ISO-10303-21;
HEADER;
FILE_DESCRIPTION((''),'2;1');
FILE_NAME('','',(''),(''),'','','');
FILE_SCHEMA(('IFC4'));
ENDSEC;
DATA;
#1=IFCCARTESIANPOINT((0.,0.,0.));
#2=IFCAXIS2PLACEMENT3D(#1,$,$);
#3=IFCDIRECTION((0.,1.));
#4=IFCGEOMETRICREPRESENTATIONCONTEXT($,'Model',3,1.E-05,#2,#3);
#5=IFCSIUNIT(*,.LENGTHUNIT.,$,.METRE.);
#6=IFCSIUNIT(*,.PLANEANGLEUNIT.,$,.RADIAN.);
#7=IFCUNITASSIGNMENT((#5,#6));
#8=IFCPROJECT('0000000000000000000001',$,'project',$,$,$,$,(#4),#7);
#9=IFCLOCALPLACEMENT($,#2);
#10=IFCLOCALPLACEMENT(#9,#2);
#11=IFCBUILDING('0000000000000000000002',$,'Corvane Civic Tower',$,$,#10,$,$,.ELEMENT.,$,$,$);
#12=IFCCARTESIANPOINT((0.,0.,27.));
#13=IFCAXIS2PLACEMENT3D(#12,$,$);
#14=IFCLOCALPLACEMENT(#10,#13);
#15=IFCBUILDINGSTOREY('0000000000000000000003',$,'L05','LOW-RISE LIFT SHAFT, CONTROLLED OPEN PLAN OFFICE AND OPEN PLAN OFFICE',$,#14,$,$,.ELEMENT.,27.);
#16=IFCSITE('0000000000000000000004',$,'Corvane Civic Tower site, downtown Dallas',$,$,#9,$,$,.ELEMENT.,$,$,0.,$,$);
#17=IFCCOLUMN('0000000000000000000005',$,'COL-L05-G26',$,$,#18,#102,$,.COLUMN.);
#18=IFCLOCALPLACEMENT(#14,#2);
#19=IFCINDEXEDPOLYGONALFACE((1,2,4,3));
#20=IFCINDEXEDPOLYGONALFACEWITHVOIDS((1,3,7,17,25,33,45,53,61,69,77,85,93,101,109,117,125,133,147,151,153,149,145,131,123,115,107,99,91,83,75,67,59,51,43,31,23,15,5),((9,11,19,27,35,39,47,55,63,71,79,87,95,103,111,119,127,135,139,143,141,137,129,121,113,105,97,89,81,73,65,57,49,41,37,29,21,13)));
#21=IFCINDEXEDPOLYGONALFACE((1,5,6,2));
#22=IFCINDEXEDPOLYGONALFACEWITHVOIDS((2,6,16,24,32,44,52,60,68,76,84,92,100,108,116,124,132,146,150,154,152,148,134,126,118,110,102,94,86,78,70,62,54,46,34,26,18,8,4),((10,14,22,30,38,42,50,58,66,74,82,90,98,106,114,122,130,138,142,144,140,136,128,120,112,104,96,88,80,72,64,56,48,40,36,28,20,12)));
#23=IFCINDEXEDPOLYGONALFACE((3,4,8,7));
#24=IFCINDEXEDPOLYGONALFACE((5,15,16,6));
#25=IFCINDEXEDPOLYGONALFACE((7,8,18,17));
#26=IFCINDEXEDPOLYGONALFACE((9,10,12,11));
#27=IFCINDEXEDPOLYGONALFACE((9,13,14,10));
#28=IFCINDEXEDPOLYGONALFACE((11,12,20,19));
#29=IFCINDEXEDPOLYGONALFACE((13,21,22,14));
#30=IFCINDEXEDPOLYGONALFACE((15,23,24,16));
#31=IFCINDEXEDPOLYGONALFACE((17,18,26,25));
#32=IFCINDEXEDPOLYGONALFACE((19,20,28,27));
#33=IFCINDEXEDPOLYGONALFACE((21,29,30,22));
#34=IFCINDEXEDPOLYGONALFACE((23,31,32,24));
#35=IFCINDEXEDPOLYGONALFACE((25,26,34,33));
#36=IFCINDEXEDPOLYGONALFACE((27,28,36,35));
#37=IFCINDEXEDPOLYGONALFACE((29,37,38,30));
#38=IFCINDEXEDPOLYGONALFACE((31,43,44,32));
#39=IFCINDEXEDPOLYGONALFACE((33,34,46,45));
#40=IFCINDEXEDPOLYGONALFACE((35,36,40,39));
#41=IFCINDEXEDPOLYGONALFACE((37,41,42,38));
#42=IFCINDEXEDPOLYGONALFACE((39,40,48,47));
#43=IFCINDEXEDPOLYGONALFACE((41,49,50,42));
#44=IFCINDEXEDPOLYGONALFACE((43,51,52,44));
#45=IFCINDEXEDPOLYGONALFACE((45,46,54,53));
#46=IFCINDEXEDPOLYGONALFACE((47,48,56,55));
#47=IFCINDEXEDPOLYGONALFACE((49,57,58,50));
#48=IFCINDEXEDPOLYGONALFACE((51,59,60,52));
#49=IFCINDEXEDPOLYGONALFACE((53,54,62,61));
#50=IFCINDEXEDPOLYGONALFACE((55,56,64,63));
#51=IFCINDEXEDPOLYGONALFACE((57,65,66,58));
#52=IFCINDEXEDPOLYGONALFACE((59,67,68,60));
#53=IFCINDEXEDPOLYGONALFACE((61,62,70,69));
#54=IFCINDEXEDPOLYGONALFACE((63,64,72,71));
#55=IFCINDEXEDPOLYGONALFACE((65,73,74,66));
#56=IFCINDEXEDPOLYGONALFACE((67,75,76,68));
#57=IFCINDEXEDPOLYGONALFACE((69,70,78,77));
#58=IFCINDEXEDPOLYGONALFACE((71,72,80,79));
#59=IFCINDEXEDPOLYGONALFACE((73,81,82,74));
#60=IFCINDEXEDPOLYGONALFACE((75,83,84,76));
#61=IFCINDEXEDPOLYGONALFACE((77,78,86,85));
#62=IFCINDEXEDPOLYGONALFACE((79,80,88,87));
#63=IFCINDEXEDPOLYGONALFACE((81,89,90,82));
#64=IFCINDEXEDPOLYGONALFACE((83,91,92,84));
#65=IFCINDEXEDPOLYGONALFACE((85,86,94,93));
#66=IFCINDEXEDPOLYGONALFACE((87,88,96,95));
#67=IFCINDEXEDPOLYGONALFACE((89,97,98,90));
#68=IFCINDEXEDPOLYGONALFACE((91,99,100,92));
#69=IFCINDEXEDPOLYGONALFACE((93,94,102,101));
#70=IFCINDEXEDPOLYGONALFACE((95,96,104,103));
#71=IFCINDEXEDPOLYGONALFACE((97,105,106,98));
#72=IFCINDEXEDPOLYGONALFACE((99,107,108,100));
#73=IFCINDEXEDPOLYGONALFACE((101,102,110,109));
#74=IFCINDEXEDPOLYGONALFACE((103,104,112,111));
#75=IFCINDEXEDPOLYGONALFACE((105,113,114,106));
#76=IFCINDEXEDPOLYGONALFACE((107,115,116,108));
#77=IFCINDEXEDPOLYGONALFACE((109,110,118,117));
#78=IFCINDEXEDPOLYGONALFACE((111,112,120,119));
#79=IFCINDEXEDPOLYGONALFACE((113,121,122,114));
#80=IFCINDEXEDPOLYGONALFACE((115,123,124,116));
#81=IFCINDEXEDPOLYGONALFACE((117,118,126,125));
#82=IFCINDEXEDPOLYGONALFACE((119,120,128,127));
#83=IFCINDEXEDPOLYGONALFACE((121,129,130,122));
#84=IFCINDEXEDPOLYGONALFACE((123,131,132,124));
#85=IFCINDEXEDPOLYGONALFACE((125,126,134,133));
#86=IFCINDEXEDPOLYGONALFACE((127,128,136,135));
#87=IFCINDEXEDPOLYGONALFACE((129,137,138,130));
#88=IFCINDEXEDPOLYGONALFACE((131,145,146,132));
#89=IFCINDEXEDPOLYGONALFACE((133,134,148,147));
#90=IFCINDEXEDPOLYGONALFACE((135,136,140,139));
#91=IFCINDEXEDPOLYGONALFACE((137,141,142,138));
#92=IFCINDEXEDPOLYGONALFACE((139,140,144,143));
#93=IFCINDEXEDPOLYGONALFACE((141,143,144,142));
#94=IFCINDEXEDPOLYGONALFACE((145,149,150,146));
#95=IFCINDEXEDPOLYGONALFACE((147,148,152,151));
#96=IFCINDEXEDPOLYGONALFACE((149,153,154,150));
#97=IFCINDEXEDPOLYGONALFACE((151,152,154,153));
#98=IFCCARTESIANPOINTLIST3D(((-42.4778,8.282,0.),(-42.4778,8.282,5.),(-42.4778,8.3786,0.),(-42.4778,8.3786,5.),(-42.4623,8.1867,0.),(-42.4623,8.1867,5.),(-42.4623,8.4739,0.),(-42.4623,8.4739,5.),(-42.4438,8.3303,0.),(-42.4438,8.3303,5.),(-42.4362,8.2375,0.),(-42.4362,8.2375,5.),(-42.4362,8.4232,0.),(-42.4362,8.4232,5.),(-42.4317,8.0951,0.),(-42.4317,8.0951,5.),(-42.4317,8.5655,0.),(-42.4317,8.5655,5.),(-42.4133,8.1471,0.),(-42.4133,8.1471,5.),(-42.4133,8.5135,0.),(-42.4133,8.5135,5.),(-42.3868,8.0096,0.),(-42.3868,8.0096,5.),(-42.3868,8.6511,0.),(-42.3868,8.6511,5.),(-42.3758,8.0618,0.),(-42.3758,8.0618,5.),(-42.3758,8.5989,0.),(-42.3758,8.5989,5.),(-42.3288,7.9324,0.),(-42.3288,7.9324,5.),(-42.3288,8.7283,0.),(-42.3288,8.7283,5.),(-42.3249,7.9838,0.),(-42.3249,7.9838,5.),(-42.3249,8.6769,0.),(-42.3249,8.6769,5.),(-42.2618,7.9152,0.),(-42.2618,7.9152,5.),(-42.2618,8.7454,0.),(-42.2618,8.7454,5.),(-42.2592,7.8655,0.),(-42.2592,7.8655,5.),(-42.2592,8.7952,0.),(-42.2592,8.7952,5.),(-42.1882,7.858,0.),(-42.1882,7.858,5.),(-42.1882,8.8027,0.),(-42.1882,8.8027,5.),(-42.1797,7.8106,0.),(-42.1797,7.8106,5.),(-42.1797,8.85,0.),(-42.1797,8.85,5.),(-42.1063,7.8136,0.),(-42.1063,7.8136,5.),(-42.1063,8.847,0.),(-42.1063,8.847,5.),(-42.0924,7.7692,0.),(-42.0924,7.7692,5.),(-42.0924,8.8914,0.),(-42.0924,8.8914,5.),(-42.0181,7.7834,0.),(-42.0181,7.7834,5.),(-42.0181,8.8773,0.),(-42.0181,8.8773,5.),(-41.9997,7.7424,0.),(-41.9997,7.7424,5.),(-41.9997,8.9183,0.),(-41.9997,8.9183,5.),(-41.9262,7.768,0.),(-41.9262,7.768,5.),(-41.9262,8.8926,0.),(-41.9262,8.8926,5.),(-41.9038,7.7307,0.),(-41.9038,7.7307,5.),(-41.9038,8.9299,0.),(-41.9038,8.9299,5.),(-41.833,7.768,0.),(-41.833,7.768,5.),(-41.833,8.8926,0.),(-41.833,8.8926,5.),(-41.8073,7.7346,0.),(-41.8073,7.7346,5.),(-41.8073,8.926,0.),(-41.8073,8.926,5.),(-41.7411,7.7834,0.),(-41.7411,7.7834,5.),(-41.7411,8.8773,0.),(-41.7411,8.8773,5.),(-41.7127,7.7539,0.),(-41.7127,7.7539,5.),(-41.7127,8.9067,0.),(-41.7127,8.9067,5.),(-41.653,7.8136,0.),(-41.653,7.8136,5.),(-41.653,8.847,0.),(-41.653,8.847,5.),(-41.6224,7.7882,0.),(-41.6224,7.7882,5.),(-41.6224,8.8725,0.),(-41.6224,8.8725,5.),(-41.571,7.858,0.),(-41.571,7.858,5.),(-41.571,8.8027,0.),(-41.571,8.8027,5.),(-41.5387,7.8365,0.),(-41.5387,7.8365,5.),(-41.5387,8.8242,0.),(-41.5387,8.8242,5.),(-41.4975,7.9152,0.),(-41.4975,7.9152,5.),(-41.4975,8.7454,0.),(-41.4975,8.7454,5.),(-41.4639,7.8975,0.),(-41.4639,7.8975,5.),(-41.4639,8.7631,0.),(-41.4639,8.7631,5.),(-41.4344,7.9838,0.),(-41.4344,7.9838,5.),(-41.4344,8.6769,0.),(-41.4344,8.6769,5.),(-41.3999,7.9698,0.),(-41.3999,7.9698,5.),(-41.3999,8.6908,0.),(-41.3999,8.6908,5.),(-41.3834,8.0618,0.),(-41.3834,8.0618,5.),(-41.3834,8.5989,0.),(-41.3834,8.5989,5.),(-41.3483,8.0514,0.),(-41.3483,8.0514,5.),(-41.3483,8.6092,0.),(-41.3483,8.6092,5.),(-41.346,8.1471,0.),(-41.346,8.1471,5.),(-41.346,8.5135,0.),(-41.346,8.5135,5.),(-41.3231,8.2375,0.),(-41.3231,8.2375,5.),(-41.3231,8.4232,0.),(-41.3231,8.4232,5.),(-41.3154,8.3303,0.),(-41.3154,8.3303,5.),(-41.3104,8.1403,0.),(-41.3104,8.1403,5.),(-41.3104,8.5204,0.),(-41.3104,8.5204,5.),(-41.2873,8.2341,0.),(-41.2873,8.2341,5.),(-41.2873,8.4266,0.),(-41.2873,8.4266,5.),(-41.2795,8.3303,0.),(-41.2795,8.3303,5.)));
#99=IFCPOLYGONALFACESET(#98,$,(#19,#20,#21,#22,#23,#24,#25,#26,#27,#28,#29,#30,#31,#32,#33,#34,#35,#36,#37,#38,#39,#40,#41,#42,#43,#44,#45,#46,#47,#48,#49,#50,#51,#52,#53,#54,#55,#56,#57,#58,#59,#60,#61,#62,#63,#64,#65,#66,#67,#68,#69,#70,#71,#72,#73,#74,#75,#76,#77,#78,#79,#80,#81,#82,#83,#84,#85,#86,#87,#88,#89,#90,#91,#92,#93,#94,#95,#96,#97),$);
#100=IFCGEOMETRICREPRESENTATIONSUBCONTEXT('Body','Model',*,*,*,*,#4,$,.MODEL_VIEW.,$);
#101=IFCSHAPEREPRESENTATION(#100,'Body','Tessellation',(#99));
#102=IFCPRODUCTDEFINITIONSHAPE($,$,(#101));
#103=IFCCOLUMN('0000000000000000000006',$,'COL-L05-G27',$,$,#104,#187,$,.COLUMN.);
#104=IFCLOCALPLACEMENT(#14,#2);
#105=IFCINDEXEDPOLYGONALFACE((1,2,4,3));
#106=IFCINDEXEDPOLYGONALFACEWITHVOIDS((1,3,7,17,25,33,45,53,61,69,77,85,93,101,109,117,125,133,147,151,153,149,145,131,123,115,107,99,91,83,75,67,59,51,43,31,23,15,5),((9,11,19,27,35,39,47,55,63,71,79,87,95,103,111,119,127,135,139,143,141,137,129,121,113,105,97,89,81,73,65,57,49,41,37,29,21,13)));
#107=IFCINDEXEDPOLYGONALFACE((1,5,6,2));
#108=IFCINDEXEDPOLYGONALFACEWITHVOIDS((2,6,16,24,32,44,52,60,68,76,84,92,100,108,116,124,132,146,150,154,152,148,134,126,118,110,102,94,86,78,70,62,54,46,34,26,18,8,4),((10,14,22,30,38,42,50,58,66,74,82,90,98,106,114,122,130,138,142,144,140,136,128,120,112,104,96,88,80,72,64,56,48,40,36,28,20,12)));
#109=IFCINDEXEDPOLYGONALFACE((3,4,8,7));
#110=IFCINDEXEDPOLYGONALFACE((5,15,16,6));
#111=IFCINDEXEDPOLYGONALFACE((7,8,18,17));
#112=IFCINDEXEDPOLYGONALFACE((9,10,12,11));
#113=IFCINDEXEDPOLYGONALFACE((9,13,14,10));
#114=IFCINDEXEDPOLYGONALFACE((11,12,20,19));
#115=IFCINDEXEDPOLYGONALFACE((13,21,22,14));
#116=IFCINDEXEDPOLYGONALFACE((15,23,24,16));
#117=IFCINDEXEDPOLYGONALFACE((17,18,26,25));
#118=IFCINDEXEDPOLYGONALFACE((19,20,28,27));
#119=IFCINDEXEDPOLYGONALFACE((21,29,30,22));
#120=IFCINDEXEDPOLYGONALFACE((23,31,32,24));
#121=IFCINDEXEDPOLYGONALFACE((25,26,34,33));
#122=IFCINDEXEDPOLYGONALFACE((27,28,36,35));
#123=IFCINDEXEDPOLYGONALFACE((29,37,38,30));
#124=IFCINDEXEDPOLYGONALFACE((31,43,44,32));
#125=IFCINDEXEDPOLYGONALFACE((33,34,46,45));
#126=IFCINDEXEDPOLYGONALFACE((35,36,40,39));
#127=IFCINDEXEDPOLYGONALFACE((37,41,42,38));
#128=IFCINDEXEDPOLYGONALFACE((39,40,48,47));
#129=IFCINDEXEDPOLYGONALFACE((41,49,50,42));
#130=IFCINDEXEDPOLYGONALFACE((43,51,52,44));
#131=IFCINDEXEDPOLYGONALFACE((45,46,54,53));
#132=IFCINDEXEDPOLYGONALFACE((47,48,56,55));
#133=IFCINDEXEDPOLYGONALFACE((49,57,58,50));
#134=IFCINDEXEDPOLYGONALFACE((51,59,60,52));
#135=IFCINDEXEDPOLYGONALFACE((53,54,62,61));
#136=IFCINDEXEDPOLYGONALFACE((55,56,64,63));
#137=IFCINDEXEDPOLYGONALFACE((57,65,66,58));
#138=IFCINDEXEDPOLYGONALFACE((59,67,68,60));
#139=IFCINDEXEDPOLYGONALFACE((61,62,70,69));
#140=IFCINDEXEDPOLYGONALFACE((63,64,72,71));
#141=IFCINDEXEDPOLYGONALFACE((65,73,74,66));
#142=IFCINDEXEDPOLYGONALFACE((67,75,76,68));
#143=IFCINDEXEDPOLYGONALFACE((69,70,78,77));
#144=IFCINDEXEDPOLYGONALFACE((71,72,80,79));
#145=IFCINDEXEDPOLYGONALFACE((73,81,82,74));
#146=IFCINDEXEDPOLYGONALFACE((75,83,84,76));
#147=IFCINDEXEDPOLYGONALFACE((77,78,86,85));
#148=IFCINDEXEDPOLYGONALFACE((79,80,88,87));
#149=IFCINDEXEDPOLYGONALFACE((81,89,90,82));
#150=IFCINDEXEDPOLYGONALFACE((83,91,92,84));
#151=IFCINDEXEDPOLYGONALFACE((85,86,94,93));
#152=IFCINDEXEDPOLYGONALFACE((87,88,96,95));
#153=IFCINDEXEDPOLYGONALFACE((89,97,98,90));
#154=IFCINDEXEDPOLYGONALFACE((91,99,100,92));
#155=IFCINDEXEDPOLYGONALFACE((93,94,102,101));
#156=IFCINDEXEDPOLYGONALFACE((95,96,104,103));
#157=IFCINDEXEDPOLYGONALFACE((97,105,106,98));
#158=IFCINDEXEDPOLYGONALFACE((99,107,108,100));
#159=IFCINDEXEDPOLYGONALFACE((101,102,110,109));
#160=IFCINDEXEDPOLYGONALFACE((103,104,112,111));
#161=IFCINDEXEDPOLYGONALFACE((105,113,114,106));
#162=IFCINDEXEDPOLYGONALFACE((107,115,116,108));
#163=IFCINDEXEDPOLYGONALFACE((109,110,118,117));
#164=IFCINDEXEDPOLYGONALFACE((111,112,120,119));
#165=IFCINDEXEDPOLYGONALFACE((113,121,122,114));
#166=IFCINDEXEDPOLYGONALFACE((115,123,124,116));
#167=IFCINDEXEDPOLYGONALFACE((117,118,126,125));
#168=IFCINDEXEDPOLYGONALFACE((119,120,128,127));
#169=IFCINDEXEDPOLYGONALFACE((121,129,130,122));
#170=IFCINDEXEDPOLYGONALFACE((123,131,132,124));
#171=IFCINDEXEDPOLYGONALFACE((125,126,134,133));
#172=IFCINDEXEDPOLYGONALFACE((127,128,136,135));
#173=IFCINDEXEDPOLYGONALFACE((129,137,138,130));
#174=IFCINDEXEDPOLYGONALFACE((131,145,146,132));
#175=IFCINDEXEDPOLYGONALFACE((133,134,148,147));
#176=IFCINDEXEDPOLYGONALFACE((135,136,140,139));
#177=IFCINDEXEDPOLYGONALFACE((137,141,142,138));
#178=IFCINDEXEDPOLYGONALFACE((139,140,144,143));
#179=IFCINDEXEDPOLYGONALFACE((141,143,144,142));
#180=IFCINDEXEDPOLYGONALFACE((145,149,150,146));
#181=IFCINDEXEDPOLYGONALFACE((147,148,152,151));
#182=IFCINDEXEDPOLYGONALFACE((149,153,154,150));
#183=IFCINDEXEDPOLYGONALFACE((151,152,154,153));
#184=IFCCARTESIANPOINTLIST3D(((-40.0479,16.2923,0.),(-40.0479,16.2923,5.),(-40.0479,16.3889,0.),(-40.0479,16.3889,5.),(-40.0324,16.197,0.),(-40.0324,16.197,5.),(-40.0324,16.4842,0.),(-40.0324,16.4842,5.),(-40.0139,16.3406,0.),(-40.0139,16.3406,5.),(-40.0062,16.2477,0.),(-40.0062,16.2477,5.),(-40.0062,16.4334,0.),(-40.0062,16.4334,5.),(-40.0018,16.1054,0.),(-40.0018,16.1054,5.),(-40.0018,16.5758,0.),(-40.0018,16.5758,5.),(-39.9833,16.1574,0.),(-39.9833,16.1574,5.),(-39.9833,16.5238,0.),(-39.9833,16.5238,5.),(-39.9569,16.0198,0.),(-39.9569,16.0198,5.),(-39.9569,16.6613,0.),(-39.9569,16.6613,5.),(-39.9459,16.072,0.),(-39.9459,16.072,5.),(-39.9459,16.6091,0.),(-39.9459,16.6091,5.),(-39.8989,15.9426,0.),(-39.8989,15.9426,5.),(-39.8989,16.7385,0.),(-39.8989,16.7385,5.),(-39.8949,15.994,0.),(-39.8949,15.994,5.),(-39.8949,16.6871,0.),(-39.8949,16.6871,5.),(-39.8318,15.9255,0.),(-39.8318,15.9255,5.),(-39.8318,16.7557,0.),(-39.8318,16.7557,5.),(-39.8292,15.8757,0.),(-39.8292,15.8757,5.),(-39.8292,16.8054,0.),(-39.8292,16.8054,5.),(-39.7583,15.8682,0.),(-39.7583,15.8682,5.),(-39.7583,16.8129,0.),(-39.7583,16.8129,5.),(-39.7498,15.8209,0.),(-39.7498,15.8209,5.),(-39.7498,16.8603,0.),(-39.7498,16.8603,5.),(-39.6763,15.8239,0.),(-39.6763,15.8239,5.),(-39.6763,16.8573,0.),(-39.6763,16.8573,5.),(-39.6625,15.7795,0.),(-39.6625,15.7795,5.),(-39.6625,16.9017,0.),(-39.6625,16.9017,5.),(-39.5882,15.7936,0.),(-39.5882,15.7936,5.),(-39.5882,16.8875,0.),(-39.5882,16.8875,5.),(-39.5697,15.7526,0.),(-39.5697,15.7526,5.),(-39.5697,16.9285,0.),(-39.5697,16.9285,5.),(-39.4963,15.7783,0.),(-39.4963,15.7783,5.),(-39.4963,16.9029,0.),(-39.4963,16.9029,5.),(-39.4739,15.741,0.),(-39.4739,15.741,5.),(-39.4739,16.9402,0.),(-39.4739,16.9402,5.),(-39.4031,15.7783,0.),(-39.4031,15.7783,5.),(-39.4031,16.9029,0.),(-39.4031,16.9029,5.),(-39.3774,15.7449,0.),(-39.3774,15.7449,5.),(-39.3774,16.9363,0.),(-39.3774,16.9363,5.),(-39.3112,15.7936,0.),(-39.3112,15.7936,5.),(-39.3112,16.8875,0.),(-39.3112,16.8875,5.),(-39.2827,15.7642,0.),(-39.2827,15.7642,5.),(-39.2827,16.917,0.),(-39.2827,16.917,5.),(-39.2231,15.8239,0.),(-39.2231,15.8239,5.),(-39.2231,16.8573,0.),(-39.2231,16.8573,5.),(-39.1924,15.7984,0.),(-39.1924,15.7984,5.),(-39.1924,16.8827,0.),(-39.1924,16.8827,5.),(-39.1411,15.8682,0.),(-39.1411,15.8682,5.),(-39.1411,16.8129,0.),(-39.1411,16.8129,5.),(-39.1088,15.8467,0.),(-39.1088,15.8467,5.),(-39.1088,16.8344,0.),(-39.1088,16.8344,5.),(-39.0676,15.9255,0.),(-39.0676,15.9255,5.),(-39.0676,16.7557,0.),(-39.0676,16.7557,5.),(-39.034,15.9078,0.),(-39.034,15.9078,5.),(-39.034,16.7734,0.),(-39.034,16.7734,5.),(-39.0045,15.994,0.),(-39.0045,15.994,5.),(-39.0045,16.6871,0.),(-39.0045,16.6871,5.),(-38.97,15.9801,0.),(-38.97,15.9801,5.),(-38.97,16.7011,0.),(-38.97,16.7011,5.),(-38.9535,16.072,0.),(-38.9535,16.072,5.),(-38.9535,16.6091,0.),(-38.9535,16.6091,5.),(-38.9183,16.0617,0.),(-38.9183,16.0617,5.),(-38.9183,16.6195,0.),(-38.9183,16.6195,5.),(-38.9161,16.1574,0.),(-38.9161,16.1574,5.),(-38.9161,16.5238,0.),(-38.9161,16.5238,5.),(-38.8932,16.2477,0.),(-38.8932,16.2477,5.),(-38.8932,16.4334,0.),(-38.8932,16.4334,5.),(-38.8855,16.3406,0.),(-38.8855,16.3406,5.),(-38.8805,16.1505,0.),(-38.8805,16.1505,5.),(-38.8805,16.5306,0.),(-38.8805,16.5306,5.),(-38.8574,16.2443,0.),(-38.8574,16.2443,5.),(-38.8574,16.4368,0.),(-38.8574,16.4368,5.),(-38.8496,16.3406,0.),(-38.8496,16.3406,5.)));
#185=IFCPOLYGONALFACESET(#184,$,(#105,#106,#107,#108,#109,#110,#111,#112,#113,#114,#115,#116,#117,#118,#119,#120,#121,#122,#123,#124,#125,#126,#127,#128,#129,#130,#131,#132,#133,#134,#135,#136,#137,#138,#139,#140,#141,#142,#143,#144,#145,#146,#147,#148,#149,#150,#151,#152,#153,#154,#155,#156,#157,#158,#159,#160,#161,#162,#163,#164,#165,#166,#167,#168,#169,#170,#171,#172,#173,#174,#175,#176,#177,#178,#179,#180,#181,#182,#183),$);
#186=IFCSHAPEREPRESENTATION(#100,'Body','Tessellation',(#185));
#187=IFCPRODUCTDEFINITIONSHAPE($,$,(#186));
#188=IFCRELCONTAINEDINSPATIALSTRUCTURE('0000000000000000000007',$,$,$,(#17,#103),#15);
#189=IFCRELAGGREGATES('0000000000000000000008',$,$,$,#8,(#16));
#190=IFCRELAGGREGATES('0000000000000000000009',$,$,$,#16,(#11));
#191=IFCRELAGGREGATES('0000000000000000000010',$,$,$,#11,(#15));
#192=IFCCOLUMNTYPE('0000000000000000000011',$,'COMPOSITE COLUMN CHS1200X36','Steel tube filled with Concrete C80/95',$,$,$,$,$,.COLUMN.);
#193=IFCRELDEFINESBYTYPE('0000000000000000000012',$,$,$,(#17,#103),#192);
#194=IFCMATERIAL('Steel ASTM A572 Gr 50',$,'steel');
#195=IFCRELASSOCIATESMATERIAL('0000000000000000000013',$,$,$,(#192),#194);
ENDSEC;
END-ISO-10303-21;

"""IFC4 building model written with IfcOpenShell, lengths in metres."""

from ifc_helpers import new_model, si_unit, direction, frame, origin, origin_2d, place, context, subcontext, project, spatial, hollow_circle, extrude, material, material_profile, profile_set, type_object, element, save


model = new_model("IFC4")

# Units and contexts
model_context = context("Model", 3, precision=1e-05, world=origin(), true_north=direction((0.0, 1.0)))
body_context = subcontext(model_context, "Body", "Model", "MODEL_VIEW")
ifc_project = project(units=[si_unit("LENGTHUNIT", "METRE"), si_unit("PLANEANGLEUNIT", "RADIAN")], contexts=[model_context])

# Site, building, storey
site_placement = place(None, origin())
site = spatial("IfcSite", under=ifc_project, at=site_placement, Name="Corvane Civic Tower site, downtown Dallas", CompositionType="ELEMENT", RefElevation=0.0)
building_placement = place(site_placement, origin())
building = spatial("IfcBuilding", under=site, at=building_placement, Name="Corvane Civic Tower", CompositionType="ELEMENT")
storey_placement = place(building_placement, frame((0.0, 0.0, 27.0)))
storey = spatial("IfcBuildingStorey", under=building, at=storey_placement, Name="L05", Description="LOW-RISE LIFT SHAFT, CONTROLLED OPEN PLAN OFFICE AND OPEN PLAN OFFICE", CompositionType="ELEMENT", Elevation=27.0)

# Columns
ifc_material_1 = material(Name="Steel ASTM A572 Gr 50", Category="steel")
ifc_material_profile_1 = material_profile(ifc_material_1, hollow_circle(Radius=0.6001, WallThickness=0.0359, at=origin_2d()), Name="CHS1200X36")
ifc_profile_set_1 = profile_set([ifc_material_profile_1], Name="Steel ASTM A572 Gr 50")
column_type_1 = type_object("IfcColumnType", Name="COMPOSITE COLUMN CHS1200X36", Description="Steel tube filled with Concrete C80/95", PredefinedType="COLUMN", material=ifc_profile_set_1)
for number, where, z_axis, x_axis, name in (
    (1, (-41.8796, 8.3303, 0.0), (0.0, 0.0, 1.0), (1.0, 0.0, 0.0), "COL-L05-G26"),
    (2, (-39.4497, 16.3406, 0.0), (0.0, 0.0, 1.0), (1.0, 0.0, 0.0), "COL-L05-G27"),
):
    element("IfcColumn", number, at=place(storey_placement, frame(where, z_axis=z_axis, x_axis=x_axis)), inside=storey, type_object=column_type_1, Name=name, PredefinedType="COLUMN", context=body_context, shape_type="SweptSolid", body=[
        extrude(hollow_circle(Radius=0.6001, WallThickness=0.0359, at=origin_2d()), origin(), (0.0, 0.0, 1.0), 5.0),
    ])

save(model, "model.ifc")
